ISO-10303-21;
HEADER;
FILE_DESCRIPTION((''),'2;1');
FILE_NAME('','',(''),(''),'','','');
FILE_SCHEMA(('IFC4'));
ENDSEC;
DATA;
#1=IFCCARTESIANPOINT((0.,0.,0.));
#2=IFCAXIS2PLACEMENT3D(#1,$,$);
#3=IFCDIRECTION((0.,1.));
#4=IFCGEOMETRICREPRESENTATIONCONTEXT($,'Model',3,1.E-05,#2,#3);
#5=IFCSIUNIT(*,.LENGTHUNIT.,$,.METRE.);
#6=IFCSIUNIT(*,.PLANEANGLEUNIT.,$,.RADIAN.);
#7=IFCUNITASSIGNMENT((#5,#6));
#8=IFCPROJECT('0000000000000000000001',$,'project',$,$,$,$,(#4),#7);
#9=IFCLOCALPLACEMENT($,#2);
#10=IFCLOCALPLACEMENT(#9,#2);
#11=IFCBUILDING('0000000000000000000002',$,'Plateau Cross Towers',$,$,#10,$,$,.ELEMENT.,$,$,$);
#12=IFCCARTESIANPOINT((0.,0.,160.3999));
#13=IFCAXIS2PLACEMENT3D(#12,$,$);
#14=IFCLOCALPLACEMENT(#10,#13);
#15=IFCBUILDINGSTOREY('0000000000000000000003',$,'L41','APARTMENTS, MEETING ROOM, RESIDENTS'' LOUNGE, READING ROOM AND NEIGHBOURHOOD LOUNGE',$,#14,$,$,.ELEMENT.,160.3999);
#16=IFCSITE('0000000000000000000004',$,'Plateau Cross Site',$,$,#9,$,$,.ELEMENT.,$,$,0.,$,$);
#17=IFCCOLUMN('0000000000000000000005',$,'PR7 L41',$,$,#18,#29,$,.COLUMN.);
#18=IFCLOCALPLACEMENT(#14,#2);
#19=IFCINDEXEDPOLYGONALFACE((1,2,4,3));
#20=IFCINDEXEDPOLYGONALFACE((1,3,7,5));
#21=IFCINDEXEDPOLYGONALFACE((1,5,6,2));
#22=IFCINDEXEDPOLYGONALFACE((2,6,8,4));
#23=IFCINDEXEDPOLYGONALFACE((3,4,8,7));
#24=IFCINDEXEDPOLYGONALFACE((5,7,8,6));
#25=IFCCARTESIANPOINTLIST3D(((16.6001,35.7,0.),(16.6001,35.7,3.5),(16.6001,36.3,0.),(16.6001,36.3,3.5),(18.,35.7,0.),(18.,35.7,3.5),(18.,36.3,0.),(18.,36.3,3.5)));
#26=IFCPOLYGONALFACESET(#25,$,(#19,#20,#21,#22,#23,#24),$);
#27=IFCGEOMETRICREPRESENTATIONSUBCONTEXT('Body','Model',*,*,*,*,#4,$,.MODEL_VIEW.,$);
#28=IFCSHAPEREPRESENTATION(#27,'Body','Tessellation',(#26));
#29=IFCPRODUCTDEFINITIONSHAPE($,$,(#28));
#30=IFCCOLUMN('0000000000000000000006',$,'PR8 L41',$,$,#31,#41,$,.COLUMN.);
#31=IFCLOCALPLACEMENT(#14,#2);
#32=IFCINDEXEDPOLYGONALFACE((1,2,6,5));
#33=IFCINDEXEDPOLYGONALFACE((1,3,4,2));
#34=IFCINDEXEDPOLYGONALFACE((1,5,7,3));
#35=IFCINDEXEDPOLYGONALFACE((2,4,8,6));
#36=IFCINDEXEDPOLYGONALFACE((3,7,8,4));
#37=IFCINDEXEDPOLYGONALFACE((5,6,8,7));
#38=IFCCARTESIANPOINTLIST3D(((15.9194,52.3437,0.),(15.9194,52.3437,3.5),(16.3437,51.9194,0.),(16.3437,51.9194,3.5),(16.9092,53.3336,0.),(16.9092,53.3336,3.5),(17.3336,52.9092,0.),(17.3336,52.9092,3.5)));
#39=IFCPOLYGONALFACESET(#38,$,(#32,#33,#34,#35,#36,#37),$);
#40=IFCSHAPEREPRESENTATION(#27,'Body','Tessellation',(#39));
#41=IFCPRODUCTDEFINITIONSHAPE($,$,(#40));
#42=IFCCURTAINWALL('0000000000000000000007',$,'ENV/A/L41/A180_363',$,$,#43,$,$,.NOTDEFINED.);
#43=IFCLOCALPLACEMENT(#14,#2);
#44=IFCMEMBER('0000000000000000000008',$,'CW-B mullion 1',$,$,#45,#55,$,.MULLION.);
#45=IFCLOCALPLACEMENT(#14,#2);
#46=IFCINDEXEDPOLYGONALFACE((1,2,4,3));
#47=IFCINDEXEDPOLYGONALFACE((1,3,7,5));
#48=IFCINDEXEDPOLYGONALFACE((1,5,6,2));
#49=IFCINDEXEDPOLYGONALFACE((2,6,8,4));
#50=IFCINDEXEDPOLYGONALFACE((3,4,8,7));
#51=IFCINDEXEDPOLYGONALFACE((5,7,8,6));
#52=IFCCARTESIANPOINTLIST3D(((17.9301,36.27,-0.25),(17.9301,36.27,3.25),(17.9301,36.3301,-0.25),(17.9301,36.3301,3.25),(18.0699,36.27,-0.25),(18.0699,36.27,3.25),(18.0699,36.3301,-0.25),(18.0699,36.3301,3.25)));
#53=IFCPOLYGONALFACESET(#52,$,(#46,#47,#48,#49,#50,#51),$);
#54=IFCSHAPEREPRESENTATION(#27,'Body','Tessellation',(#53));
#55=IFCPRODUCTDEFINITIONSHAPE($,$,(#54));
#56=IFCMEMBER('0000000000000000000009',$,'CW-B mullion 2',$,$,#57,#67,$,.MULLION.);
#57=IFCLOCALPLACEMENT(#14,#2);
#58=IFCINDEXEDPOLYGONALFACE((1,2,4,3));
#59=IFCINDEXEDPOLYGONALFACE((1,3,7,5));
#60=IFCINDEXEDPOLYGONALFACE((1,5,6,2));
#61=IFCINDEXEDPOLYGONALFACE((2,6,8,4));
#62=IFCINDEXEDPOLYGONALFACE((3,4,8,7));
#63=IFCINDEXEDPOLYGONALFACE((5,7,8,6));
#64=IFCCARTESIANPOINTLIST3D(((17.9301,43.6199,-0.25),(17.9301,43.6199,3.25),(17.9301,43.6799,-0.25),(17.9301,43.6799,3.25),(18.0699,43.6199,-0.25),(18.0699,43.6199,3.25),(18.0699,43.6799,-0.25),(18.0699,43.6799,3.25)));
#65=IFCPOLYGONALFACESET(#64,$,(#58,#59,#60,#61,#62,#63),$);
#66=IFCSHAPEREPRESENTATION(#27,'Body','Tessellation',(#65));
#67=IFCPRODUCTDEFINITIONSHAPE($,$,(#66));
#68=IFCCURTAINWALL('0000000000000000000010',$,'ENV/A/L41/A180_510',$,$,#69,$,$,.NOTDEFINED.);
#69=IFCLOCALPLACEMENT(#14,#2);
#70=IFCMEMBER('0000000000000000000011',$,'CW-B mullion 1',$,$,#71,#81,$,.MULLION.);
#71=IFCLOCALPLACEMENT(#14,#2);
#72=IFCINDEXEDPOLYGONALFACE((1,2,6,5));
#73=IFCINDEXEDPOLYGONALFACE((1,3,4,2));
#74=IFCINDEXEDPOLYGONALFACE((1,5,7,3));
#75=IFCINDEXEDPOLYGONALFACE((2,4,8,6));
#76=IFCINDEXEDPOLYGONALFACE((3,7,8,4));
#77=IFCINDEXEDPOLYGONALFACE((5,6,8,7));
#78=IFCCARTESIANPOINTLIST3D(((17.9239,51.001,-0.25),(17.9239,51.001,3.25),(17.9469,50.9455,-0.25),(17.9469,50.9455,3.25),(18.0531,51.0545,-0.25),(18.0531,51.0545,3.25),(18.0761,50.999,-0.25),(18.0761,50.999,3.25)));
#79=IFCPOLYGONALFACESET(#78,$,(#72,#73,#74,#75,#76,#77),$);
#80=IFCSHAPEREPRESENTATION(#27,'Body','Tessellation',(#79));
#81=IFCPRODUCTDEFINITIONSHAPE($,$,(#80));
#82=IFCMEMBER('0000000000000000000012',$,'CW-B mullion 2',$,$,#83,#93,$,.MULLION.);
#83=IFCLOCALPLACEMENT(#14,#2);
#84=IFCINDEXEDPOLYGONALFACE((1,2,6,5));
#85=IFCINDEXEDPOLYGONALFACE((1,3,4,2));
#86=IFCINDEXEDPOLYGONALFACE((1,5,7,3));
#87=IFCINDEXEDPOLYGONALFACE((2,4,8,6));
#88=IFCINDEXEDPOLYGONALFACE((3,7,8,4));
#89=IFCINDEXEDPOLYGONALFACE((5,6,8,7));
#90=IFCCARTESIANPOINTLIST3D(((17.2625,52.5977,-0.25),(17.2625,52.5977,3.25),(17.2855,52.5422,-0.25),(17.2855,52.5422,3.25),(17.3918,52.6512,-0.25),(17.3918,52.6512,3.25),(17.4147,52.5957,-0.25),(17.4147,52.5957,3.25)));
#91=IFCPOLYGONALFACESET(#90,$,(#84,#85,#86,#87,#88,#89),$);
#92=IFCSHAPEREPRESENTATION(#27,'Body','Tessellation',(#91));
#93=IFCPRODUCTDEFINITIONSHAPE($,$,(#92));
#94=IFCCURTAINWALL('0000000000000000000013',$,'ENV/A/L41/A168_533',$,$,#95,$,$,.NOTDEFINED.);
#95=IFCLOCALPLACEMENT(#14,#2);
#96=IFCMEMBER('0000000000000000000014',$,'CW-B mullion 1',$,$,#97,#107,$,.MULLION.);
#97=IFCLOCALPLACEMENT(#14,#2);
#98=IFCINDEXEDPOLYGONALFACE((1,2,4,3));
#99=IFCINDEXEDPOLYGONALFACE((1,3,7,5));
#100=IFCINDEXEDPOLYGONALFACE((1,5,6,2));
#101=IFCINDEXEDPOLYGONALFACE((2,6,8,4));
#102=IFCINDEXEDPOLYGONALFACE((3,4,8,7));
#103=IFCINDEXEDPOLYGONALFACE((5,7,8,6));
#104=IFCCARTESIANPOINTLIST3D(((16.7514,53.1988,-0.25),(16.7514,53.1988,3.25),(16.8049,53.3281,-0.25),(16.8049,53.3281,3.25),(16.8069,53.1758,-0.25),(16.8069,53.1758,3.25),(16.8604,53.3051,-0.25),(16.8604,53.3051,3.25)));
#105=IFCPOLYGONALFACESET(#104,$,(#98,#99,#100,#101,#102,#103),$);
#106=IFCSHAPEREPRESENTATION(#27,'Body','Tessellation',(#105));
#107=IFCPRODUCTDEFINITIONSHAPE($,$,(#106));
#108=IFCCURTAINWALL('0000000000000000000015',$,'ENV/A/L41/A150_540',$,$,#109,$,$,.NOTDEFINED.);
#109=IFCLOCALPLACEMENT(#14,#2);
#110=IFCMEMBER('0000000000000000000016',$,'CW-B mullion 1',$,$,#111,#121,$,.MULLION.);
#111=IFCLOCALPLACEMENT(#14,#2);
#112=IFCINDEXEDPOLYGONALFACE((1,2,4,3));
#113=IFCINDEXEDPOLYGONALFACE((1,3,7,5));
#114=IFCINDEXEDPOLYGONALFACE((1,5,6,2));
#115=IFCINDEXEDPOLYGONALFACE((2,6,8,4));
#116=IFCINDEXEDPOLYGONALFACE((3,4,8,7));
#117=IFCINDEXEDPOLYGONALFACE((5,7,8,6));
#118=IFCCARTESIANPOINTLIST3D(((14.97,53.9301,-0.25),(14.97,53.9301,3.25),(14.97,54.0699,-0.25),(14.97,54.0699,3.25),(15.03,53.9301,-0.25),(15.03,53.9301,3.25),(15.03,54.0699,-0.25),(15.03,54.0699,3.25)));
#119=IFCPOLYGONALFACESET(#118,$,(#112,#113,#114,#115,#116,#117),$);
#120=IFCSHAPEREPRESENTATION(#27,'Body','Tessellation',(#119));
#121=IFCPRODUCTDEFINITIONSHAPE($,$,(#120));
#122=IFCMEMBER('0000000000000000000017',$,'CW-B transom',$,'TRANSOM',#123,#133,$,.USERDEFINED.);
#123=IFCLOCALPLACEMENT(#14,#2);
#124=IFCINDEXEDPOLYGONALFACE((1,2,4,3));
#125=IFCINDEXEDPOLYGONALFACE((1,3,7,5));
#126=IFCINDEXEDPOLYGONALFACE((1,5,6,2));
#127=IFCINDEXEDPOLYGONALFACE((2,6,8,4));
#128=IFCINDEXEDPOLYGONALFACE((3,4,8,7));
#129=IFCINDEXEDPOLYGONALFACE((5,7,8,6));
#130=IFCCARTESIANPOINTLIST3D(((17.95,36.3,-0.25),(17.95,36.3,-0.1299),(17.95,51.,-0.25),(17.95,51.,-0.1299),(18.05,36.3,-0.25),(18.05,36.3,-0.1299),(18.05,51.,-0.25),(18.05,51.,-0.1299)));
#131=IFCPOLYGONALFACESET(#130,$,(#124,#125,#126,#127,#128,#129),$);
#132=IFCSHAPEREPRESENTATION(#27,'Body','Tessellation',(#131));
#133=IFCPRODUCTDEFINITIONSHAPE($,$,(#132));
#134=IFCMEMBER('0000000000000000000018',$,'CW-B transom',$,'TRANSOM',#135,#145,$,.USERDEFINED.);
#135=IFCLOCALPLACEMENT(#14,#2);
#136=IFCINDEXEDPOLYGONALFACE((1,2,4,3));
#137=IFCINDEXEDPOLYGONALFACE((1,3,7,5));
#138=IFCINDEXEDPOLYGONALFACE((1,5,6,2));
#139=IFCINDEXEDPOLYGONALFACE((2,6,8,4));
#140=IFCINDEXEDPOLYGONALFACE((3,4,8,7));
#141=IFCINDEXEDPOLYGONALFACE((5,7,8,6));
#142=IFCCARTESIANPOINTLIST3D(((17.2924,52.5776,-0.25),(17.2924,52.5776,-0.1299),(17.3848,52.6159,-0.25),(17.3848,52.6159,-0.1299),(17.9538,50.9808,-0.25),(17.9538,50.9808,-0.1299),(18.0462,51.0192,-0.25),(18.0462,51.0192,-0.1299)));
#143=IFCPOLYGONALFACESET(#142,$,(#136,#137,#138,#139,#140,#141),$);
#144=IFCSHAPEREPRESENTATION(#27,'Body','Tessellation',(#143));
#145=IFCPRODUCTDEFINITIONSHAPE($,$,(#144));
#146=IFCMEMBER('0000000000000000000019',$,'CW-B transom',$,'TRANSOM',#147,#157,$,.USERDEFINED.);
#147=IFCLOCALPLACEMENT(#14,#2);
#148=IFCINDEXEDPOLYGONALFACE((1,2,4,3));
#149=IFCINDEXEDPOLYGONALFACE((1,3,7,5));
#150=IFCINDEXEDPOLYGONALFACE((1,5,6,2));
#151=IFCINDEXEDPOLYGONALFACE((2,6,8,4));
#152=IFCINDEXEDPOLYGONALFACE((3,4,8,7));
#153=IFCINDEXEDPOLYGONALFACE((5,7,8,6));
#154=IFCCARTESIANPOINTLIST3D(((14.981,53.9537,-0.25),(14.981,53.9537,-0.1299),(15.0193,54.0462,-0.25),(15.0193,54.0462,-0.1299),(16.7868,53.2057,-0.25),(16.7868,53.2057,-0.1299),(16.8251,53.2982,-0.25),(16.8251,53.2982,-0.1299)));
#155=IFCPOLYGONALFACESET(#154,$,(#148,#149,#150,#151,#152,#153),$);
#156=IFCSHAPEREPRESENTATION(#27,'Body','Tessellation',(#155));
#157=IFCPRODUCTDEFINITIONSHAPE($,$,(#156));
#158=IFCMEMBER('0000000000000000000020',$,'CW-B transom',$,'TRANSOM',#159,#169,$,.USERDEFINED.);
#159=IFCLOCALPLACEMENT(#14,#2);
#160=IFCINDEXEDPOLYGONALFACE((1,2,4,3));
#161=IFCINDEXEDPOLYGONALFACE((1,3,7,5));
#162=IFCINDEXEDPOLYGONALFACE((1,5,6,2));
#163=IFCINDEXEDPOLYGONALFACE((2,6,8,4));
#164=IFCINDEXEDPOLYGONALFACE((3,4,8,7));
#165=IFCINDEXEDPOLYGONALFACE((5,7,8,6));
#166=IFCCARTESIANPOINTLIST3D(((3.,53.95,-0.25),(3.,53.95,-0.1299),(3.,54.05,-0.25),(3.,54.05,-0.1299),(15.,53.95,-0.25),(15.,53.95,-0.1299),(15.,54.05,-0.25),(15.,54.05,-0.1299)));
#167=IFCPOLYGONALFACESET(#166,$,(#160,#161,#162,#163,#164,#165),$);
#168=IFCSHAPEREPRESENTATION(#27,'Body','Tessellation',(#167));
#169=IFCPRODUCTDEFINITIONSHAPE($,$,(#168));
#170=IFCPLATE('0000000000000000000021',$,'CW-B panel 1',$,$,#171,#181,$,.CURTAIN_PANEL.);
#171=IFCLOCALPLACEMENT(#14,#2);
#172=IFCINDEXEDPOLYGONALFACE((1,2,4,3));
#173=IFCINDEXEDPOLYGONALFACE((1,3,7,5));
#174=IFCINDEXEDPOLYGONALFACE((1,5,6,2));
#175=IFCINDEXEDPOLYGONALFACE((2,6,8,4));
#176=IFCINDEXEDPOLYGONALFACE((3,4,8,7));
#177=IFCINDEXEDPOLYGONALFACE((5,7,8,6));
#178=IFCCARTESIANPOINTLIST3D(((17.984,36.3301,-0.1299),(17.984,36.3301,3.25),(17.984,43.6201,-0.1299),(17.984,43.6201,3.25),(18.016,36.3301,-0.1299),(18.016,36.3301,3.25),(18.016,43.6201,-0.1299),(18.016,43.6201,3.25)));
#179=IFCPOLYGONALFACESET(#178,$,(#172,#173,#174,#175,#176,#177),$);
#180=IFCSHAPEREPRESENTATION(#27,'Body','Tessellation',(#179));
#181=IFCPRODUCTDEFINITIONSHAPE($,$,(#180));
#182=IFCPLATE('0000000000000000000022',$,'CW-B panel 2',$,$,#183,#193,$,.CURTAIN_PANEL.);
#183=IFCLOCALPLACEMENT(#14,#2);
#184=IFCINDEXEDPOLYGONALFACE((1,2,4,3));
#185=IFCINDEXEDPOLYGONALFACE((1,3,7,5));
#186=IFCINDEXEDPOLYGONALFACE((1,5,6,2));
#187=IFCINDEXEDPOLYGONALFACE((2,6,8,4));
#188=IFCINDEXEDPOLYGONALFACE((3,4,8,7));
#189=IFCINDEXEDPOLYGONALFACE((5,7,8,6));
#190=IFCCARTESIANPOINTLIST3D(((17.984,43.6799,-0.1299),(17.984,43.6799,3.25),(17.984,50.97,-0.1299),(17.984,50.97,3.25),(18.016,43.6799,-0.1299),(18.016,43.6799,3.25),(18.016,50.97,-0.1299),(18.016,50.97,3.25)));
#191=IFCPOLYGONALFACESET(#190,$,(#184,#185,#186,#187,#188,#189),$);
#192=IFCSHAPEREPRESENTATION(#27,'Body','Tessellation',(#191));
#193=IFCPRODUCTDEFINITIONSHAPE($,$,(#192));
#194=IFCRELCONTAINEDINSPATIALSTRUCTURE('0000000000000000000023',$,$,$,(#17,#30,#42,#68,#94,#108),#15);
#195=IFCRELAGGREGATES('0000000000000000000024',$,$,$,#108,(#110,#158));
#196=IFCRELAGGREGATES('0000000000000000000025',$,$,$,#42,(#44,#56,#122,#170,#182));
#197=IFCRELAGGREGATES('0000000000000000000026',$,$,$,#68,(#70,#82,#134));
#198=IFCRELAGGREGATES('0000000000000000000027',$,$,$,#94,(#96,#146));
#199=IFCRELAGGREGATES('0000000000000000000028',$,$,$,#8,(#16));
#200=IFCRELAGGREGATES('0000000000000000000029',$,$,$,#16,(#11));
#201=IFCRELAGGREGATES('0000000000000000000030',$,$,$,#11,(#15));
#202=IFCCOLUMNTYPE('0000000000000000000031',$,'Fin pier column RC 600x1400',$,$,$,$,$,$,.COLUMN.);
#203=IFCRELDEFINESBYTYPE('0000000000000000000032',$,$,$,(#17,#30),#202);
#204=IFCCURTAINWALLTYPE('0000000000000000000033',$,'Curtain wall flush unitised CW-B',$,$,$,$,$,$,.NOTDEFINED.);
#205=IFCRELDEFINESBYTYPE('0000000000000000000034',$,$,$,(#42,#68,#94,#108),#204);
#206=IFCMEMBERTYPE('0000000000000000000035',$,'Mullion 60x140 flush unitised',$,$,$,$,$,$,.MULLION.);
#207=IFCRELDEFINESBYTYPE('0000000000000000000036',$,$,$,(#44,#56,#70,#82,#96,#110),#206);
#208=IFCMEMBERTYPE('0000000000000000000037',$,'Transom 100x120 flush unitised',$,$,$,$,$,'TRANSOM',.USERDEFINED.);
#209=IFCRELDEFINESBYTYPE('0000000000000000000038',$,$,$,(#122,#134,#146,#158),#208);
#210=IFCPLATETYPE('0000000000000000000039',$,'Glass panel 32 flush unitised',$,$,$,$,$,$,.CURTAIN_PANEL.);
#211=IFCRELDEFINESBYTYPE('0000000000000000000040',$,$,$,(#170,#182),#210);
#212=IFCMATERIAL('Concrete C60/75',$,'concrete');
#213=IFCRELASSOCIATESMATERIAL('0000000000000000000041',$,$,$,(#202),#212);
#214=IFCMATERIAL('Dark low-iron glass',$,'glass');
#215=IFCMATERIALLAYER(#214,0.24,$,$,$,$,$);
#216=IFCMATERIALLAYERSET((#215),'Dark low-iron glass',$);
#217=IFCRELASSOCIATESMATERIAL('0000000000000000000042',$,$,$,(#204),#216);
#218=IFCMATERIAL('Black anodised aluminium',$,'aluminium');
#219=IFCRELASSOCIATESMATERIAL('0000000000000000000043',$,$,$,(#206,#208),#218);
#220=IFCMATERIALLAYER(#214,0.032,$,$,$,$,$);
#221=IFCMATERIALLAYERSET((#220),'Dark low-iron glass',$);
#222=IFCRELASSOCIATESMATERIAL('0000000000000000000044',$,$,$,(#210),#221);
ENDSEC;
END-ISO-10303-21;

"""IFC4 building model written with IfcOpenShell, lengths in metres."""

from ifc_helpers import new_model, si_unit, direction, frame, origin, origin_2d, place, context, subcontext, project, spatial, rectangle, extrude, material, layer, layer_set, material_profile, profile_set, type_object, element, aggregate, save


model = new_model("IFC4")

# Units and contexts
model_context = context("Model", 3, precision=1e-05, world=origin(), true_north=direction((0.0, 1.0)))
body_context = subcontext(model_context, "Body", "Model", "MODEL_VIEW")
ifc_project = project(units=[si_unit("LENGTHUNIT", "METRE"), si_unit("PLANEANGLEUNIT", "RADIAN")], contexts=[model_context])

# Site, building, storey
site_placement = place(None, origin())
site = spatial("IfcSite", under=ifc_project, at=site_placement, Name="Plateau Cross Site", CompositionType="ELEMENT", RefElevation=0.0)
building_placement = place(site_placement, origin())
building = spatial("IfcBuilding", under=site, at=building_placement, Name="Plateau Cross Towers", CompositionType="ELEMENT")
storey_placement = place(building_placement, frame((0.0, 0.0, 160.3999)))
storey = spatial("IfcBuildingStorey", under=building, at=storey_placement, Name="L41", Description="APARTMENTS, MEETING ROOM, RESIDENTS' LOUNGE, READING ROOM AND NEIGHBOURHOOD LOUNGE", CompositionType="ELEMENT", Elevation=160.3999)

# Columns
ifc_material_1 = material(Name="Concrete C60/75", Category="concrete")
ifc_material_profile_1 = material_profile(ifc_material_1, rectangle(XDim=0.6001, YDim=1.3999, at=origin_2d()), Name="RC 600x1400")
ifc_profile_set_1 = profile_set([ifc_material_profile_1], Name="Concrete C60/75")
column_type = type_object("IfcColumnType", Name="Fin pier column RC 600x1400", PredefinedType="COLUMN", material=ifc_profile_set_1)
for number, where, z_axis, x_axis, name in (
    (1, (17.3, 36.0, 0.0), (0.0, 0.0, 1.0), (0.0, 1.0, 0.0), "PR7 L41"),
    (2, (16.6265, 52.6265, 0.0), (0.0, 0.0, 1.0), (-0.707107, 0.707107, 0.0), "PR8 L41"),
):
    element("IfcColumn", number, at=place(storey_placement, frame(where, z_axis=z_axis, x_axis=x_axis)), inside=storey, type_object=column_type, Name=name, PredefinedType="COLUMN", context=body_context, shape_type="SweptSolid", body=[
        extrude(rectangle(XDim=0.6001, YDim=1.3999, at=origin_2d()), origin(), (0.0, 0.0, 1.0), 3.5),
    ])

# Curtain walls, members
ifc_material_2 = material(Name="Dark low-iron glass", Category="glass")
ifc_layer_1 = layer(ifc_material_2, 0.24)
ifc_layer_set_1 = layer_set([ifc_layer_1], Name="Dark low-iron glass")
curtain_wall_type = type_object("IfcCurtainWallType", Name="Curtain wall flush unitised CW-B", PredefinedType="NOTDEFINED", material=ifc_layer_set_1)
curtain_wall_1_placement = place(storey_placement, origin())
curtain_wall_1 = element("IfcCurtainWall", 3, at=curtain_wall_1_placement, inside=storey, type_object=curtain_wall_type, Name="ENV/A/L41/A180_363", PredefinedType="NOTDEFINED")
ifc_material_3 = material(Name="Black anodised aluminium", Category="aluminium")
ifc_material_profile_2 = material_profile(ifc_material_3, rectangle(XDim=0.0601, YDim=0.1399, at=origin_2d()), Name="MULLION 60x140")
ifc_profile_set_2 = profile_set([ifc_material_profile_2], Name="Black anodised aluminium")
member_type_1 = type_object("IfcMemberType", Name="Mullion 60x140 flush unitised", PredefinedType="MULLION", material=ifc_profile_set_2)
member_1_placement = place(storey_placement, frame((18.0, 36.3, -0.25), z_axis=(0.0, 0.0, 1.0), x_axis=(0.0, 1.0, 0.0)))
member_1 = element("IfcMember", 4, at=member_1_placement, type_object=member_type_1, Name="CW-B mullion 1", PredefinedType="MULLION", context=body_context, shape_type="SweptSolid", body=[
    extrude(rectangle(XDim=0.0601, YDim=0.1399, at=origin_2d()), origin(), (0.0, 0.0, 1.0), 3.5),
])
member_2_placement = place(storey_placement, frame((18.0, 43.6499, -0.25), z_axis=(0.0, 0.0, 1.0), x_axis=(0.0, 1.0, 0.0)))
member_2 = element("IfcMember", 5, at=member_2_placement, type_object=member_type_1, Name="CW-B mullion 2", PredefinedType="MULLION", context=body_context, shape_type="SweptSolid", body=[
    extrude(rectangle(XDim=0.0601, YDim=0.1399, at=origin_2d()), origin(), (0.0, 0.0, 1.0), 3.5),
])
curtain_wall_2_placement = place(storey_placement, origin())
curtain_wall_2 = element("IfcCurtainWall", 6, at=curtain_wall_2_placement, inside=storey, type_object=curtain_wall_type, Name="ENV/A/L41/A180_510", PredefinedType="NOTDEFINED")
member_3_placement = place(storey_placement, frame((18.0, 51.0, -0.25), z_axis=(0.0, 0.0, 1.0), x_axis=(-0.382684, 0.923879, 0.0)))
member_3 = element("IfcMember", 7, at=member_3_placement, type_object=member_type_1, Name="CW-B mullion 1", PredefinedType="MULLION", context=body_context, shape_type="SweptSolid", body=[
    extrude(rectangle(XDim=0.0601, YDim=0.1399, at=origin_2d()), origin(), (0.0, 0.0, 1.0), 3.5),
])
member_4_placement = place(storey_placement, frame((17.3386, 52.5967, -0.25), z_axis=(0.0, 0.0, 1.0), x_axis=(-0.382684, 0.923879, 0.0)))
member_4 = element("IfcMember", 8, at=member_4_placement, type_object=member_type_1, Name="CW-B mullion 2", PredefinedType="MULLION", context=body_context, shape_type="SweptSolid", body=[
    extrude(rectangle(XDim=0.0601, YDim=0.1399, at=origin_2d()), origin(), (0.0, 0.0, 1.0), 3.5),
])

# Curtain walls, members
curtain_wall_3_placement = place(storey_placement, origin())
curtain_wall_3 = element("IfcCurtainWall", 9, at=curtain_wall_3_placement, inside=storey, type_object=curtain_wall_type, Name="ENV/A/L41/A168_533", PredefinedType="NOTDEFINED")
member_5_placement = place(storey_placement, frame((16.8059, 53.252, -0.25), z_axis=(0.0, 0.0, 1.0), x_axis=(-0.923879, 0.382684, 0.0)))
member_5 = element("IfcMember", 10, at=member_5_placement, type_object=member_type_1, Name="CW-B mullion 1", PredefinedType="MULLION", context=body_context, shape_type="SweptSolid", body=[
    extrude(rectangle(XDim=0.0601, YDim=0.1399, at=origin_2d()), origin(), (0.0, 0.0, 1.0), 3.5),
])
curtain_wall_4_placement = place(storey_placement, origin())
curtain_wall_4 = element("IfcCurtainWall", 11, at=curtain_wall_4_placement, inside=storey, type_object=curtain_wall_type, Name="ENV/A/L41/A150_540", PredefinedType="NOTDEFINED")
member_6_placement = place(storey_placement, frame((15.0, 54.0, -0.25), z_axis=(0.0, 0.0, 1.0), x_axis=(-1.0, 0.0, 0.0)))
member_6 = element("IfcMember", 12, at=member_6_placement, type_object=member_type_1, Name="CW-B mullion 1", PredefinedType="MULLION", context=body_context, shape_type="SweptSolid", body=[
    extrude(rectangle(XDim=0.0601, YDim=0.1399, at=origin_2d()), origin(), (0.0, 0.0, 1.0), 3.5),
])

# Members
ifc_material_profile_3 = material_profile(ifc_material_3, rectangle(XDim=0.1001, YDim=0.1201, at=origin_2d()), Name="TRANSOM 100x120")
ifc_profile_set_3 = profile_set([ifc_material_profile_3], Name="Black anodised aluminium")
member_type_2 = type_object("IfcMemberType", Name="Transom 100x120 flush unitised", ElementType="TRANSOM", PredefinedType="USERDEFINED", material=ifc_profile_set_3)
member_7_placement = place(storey_placement, frame((18.0, 36.3, -0.1899), z_axis=(0.0, 1.0, 0.0), x_axis=(-1.0, 0.0, 0.0)))
member_7 = element("IfcMember", 13, at=member_7_placement, type_object=member_type_2, Name="CW-B transom", ObjectType="TRANSOM", PredefinedType="USERDEFINED", context=body_context, shape_type="SweptSolid", body=[
    extrude(rectangle(XDim=0.1001, YDim=0.1201, at=origin_2d()), origin(), (0.0, 0.0, 1.0), 14.7),
])
member_8_placement = place(storey_placement, frame((18.0, 51.0, -0.1899), z_axis=(-0.382689, 0.923877, 0.0), x_axis=(-0.923877, -0.382689, 0.0)))
member_8 = element("IfcMember", 14, at=member_8_placement, type_object=member_type_2, Name="CW-B transom", ObjectType="TRANSOM", PredefinedType="USERDEFINED", context=body_context, shape_type="SweptSolid", body=[
    extrude(rectangle(XDim=0.1001, YDim=0.1201, at=origin_2d()), origin(), (0.0, 0.0, 1.0), 1.7283),
])
member_9_placement = place(storey_placement, frame((16.8059, 53.252, -0.1899), z_axis=(-0.923877, 0.38269, 0.0), x_axis=(-0.38269, -0.923877, 0.0)))
member_9 = element("IfcMember", 15, at=member_9_placement, type_object=member_type_2, Name="CW-B transom", ObjectType="TRANSOM", PredefinedType="USERDEFINED", context=body_context, shape_type="SweptSolid", body=[
    extrude(rectangle(XDim=0.1001, YDim=0.1201, at=origin_2d()), origin(), (0.0, 0.0, 1.0), 1.9546),
])
member_10_placement = place(storey_placement, frame((15.0, 54.0, -0.1899), z_axis=(-1.0, 0.0, 0.0), x_axis=(0.0, -1.0, 0.0)))
member_10 = element("IfcMember", 16, at=member_10_placement, type_object=member_type_2, Name="CW-B transom", ObjectType="TRANSOM", PredefinedType="USERDEFINED", context=body_context, shape_type="SweptSolid", body=[
    extrude(rectangle(XDim=0.1001, YDim=0.1201, at=origin_2d()), origin(), (0.0, 0.0, 1.0), 12.0),
])
aggregate(curtain_wall_4, [member_6, member_10])

# Plates
ifc_layer_2 = layer(ifc_material_2, 0.032)
ifc_layer_set_2 = layer_set([ifc_layer_2], Name="Dark low-iron glass")
plate_type = type_object("IfcPlateType", Name="Glass panel 32 flush unitised", PredefinedType="CURTAIN_PANEL", material=ifc_layer_set_2)
plate_1_placement = place(storey_placement, frame((18.0, 39.9751, -0.1299), z_axis=(0.0, 0.0, 1.0), x_axis=(0.0, 1.0, 0.0)))
plate_1 = element("IfcPlate", 17, at=plate_1_placement, type_object=plate_type, Name="CW-B panel 1", PredefinedType="CURTAIN_PANEL", context=body_context, shape_type="SweptSolid", body=[
    extrude(rectangle(XDim=7.29, YDim=0.032, at=origin_2d()), origin(), (0.0, 0.0, 1.0), 3.3799),
])
plate_2_placement = place(storey_placement, frame((18.0, 47.325, -0.1299), z_axis=(0.0, 0.0, 1.0), x_axis=(0.0, 1.0, 0.0)))
plate_2 = element("IfcPlate", 18, at=plate_2_placement, type_object=plate_type, Name="CW-B panel 2", PredefinedType="CURTAIN_PANEL", context=body_context, shape_type="SweptSolid", body=[
    extrude(rectangle(XDim=7.29, YDim=0.032, at=origin_2d()), origin(), (0.0, 0.0, 1.0), 3.3799),
])
aggregate(curtain_wall_1, [member_1, member_2, member_7, plate_1, plate_2])
aggregate(curtain_wall_2, [member_3, member_4, member_8])
aggregate(curtain_wall_3, [member_5, member_9])

save(model, "model.ifc")
